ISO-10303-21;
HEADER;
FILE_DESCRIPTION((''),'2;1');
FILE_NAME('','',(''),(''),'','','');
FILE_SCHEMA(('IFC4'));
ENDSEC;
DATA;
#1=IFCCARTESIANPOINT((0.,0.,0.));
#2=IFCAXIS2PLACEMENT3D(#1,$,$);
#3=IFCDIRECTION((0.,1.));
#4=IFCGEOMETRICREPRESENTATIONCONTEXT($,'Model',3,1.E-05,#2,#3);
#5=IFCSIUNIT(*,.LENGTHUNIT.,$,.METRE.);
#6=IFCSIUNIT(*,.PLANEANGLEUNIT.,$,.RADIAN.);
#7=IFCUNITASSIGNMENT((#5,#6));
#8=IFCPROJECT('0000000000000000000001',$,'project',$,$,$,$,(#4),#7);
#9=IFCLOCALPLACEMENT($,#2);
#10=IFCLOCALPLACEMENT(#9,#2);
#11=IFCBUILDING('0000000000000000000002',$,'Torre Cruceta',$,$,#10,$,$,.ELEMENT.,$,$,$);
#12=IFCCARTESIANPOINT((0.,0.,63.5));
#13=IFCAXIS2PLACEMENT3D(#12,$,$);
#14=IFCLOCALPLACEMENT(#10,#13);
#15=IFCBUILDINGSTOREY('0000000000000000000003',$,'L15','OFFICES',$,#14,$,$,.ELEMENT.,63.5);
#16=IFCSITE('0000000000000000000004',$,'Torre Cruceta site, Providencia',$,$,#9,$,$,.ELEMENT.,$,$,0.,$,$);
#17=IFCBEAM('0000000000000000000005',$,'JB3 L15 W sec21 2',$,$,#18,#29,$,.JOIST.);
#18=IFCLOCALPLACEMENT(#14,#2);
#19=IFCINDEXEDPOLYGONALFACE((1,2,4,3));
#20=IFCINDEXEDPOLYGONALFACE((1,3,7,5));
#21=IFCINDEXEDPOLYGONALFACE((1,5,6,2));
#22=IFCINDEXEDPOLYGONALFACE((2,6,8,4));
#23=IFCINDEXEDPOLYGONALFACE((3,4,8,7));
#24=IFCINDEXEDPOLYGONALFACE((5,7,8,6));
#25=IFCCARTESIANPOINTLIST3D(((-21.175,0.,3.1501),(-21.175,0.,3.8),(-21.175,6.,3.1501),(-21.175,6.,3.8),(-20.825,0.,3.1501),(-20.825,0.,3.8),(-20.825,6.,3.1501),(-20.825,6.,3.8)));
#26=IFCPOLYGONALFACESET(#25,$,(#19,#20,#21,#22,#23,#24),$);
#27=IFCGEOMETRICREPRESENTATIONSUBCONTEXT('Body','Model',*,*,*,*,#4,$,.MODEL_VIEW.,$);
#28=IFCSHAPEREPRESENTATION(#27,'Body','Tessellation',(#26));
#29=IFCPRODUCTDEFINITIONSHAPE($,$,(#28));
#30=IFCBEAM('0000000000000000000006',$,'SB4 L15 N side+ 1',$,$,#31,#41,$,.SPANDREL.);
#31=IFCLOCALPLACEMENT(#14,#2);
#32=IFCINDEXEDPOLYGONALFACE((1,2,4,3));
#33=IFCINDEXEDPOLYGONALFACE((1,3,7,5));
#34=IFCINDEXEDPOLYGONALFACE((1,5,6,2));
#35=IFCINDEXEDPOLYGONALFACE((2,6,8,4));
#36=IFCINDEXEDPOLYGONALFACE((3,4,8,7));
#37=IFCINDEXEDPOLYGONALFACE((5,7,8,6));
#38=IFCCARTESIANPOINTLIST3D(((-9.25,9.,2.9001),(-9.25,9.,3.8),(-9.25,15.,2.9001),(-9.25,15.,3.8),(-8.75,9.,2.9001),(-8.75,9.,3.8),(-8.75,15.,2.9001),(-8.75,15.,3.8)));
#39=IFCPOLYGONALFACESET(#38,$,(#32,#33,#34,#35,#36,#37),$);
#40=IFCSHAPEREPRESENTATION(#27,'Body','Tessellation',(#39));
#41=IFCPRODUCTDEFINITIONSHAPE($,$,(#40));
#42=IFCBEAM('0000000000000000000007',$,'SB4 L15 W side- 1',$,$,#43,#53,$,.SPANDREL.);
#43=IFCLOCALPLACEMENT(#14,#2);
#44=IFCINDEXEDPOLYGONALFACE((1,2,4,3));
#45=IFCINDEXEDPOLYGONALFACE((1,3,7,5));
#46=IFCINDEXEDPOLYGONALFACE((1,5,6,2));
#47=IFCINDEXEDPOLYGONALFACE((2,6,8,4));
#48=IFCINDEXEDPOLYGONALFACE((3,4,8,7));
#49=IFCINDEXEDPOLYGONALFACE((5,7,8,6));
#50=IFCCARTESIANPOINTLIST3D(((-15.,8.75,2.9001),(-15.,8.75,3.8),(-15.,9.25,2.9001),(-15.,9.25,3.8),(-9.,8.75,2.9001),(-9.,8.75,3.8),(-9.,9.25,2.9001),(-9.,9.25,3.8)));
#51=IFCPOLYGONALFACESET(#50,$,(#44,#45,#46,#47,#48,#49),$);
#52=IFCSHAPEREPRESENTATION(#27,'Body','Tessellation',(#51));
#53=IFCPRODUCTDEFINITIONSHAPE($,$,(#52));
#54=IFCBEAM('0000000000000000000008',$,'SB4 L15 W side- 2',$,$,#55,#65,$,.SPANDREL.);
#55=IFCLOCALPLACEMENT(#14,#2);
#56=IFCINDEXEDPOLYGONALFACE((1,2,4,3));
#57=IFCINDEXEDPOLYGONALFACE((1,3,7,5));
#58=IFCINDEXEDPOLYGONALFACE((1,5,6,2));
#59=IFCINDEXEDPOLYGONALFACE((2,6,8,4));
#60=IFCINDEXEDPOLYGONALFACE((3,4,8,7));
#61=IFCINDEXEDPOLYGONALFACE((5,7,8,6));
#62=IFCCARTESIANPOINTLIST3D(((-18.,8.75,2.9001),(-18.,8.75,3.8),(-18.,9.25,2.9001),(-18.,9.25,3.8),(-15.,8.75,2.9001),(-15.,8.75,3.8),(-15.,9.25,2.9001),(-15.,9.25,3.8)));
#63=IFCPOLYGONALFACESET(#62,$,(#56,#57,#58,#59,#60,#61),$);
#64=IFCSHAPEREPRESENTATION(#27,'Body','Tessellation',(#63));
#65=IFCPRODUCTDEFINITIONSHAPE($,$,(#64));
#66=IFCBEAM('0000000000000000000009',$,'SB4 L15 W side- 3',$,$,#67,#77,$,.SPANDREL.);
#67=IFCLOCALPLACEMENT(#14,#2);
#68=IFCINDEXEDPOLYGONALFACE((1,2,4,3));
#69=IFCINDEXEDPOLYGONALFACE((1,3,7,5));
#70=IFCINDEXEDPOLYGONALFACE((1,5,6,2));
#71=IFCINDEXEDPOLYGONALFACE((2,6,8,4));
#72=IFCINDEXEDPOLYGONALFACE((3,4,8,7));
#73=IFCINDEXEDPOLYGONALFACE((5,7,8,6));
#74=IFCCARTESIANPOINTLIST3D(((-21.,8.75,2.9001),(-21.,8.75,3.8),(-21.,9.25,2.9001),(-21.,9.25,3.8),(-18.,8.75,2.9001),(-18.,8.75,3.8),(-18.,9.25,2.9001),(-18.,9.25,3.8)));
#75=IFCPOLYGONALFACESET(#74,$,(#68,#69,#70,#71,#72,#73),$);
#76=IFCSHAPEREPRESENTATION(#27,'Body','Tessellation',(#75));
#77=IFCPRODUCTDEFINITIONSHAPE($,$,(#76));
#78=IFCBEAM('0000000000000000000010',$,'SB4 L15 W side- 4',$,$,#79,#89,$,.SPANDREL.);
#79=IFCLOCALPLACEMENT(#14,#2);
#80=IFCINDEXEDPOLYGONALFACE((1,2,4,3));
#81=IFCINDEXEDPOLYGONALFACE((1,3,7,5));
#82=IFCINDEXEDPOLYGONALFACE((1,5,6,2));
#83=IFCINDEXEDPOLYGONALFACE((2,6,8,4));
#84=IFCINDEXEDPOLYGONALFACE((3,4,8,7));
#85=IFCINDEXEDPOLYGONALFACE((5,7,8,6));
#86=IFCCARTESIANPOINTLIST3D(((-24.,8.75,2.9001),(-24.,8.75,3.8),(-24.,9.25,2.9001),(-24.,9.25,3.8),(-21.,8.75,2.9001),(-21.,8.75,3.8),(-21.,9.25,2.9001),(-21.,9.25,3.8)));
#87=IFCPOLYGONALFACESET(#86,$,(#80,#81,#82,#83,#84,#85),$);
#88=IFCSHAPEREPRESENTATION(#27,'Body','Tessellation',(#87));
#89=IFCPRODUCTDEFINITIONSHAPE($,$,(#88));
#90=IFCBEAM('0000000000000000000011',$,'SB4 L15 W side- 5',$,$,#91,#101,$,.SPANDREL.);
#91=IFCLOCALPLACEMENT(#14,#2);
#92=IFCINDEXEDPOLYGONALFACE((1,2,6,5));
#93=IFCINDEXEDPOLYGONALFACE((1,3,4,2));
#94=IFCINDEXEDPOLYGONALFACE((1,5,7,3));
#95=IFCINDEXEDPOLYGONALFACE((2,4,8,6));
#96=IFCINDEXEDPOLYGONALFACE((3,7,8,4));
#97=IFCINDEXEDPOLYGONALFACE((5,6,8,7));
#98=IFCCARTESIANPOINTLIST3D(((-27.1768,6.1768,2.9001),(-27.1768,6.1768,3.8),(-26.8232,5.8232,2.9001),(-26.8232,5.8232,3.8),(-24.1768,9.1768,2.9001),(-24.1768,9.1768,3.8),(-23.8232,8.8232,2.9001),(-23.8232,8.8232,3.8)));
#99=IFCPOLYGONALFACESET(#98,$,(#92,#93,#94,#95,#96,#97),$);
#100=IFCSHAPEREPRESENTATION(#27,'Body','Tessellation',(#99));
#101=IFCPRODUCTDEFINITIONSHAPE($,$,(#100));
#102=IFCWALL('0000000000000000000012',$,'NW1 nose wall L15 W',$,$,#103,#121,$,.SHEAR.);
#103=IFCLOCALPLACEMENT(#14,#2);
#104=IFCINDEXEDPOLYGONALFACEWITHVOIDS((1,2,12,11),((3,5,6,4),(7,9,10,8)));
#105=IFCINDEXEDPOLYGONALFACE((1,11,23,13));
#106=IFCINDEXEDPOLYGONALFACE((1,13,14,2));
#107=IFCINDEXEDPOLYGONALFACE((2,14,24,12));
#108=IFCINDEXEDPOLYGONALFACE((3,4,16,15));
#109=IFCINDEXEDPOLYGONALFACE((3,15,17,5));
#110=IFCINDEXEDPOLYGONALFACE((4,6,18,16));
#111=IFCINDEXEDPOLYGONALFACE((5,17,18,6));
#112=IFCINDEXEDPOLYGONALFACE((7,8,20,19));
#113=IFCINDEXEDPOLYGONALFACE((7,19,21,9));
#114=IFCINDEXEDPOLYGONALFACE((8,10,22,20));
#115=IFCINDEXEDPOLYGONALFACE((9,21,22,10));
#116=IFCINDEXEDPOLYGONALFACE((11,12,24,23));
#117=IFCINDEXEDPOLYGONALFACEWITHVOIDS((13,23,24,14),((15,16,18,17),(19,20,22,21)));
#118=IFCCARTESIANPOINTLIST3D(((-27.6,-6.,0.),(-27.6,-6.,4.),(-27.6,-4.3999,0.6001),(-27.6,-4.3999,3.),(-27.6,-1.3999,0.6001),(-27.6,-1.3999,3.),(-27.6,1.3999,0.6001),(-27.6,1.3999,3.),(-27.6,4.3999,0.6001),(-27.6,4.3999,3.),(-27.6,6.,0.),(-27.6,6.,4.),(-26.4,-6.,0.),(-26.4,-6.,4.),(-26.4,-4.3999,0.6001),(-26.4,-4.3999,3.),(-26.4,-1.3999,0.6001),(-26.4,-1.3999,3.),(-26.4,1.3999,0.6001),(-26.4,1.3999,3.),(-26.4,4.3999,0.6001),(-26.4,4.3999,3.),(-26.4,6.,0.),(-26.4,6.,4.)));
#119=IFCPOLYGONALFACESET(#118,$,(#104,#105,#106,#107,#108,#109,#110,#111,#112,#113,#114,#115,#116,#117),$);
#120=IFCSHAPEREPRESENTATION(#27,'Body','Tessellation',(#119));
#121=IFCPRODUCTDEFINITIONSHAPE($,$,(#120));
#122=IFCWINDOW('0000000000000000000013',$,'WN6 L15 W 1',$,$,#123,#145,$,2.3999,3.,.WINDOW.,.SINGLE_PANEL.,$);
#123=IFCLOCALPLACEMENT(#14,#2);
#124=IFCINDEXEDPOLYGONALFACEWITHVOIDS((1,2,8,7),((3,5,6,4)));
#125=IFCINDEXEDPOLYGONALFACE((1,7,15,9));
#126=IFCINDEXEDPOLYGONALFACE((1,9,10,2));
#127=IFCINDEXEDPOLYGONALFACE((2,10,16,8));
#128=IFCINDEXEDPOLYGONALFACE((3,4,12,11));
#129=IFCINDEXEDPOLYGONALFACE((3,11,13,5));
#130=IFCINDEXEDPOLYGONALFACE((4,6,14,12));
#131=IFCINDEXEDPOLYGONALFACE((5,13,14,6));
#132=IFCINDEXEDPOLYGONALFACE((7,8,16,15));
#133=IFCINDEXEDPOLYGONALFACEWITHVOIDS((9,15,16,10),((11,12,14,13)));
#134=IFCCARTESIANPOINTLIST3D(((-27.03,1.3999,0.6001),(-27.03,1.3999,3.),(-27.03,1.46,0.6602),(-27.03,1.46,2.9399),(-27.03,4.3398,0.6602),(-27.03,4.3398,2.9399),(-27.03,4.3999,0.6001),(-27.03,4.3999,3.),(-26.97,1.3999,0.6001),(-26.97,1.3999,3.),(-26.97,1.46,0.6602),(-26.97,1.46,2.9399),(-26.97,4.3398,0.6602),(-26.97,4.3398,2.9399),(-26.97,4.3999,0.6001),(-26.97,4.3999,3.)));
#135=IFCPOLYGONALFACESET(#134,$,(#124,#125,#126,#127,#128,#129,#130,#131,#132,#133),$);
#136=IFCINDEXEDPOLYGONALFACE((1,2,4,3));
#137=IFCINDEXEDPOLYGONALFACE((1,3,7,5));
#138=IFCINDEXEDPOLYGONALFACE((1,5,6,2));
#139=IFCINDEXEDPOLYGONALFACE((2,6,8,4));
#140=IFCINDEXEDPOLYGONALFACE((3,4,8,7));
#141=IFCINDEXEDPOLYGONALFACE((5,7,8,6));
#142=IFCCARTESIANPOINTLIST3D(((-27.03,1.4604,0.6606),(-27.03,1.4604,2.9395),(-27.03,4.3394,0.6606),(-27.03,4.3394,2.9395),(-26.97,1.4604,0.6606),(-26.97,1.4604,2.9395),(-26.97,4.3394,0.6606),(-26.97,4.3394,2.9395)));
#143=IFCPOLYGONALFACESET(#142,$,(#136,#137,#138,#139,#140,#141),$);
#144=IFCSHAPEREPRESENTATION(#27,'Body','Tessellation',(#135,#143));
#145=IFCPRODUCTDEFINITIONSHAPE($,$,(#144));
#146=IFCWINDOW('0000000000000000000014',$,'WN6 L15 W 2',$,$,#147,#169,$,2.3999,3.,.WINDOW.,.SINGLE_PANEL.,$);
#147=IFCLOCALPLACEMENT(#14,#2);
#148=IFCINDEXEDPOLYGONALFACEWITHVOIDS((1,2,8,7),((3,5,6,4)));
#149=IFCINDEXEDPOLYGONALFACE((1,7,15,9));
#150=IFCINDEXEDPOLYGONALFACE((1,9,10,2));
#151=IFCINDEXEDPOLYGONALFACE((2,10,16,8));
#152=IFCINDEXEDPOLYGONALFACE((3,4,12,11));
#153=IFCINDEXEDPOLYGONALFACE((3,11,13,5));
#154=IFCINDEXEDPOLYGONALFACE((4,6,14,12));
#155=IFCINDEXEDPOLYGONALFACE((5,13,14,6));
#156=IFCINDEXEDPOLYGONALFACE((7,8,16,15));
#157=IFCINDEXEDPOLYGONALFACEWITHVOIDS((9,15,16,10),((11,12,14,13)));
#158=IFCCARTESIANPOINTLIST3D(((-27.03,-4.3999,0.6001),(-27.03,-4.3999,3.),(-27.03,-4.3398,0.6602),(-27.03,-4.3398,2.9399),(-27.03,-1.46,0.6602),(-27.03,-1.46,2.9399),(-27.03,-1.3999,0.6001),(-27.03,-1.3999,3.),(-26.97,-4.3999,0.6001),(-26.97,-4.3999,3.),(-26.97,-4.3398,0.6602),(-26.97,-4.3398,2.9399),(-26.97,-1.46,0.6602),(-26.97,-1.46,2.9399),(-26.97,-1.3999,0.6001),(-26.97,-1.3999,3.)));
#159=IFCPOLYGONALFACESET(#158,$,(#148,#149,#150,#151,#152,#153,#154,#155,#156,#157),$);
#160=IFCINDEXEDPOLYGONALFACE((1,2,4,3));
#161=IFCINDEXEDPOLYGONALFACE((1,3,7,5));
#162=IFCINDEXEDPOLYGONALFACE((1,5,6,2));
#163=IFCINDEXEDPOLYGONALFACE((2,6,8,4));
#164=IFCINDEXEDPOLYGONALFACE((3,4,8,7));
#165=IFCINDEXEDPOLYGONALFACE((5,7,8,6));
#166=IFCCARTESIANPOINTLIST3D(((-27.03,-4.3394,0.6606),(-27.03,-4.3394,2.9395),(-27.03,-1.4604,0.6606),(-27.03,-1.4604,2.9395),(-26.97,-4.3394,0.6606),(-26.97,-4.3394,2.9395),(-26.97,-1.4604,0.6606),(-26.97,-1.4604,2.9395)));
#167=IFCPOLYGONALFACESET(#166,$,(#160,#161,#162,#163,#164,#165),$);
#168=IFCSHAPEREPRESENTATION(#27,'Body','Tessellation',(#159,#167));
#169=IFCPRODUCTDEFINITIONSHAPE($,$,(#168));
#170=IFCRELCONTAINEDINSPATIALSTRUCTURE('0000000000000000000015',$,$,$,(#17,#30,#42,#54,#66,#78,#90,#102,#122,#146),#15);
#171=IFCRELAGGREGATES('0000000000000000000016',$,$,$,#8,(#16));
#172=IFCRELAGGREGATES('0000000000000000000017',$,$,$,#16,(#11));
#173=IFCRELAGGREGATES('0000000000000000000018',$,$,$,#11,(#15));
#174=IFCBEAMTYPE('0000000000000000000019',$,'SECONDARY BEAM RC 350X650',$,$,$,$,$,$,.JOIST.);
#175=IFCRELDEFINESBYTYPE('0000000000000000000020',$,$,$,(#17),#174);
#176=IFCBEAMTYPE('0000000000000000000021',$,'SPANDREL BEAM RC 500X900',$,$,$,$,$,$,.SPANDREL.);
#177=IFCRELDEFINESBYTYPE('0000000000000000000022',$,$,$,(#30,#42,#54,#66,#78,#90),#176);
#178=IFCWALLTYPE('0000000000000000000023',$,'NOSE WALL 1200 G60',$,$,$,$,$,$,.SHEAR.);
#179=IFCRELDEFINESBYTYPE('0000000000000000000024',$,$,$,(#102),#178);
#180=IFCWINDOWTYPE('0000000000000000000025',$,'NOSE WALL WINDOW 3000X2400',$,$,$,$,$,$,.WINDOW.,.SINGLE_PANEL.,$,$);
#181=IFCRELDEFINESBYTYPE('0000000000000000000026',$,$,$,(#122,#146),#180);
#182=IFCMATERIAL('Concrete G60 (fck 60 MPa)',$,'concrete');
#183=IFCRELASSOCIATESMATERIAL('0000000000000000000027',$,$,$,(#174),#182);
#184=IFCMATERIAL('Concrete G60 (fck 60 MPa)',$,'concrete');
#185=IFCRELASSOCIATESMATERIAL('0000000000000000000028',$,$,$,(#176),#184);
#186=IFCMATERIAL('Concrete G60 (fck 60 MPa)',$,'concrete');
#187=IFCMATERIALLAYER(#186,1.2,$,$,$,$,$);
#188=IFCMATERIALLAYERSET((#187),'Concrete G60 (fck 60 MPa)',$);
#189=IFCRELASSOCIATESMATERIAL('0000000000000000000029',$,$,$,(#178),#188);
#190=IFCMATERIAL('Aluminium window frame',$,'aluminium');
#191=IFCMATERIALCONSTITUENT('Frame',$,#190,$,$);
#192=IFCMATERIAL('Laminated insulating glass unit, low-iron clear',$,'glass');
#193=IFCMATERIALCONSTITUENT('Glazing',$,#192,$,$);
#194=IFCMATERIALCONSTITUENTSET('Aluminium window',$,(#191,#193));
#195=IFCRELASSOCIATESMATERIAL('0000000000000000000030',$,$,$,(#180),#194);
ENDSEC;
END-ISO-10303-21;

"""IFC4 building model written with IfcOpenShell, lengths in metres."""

from ifc_helpers import new_model, si_unit, direction, frame, frame_2d, origin, origin_2d, place, context, subcontext, project, spatial, rectangle, hollow_rectangle, extrude, material, layer, layer_set, constituent, constituent_set, material_profile, profile_set, type_object, element, fill, save


model = new_model("IFC4")

# Units and contexts
model_context = context("Model", 3, precision=1e-05, world=origin(), true_north=direction((0.0, 1.0)))
body_context = subcontext(model_context, "Body", "Model", "MODEL_VIEW")
ifc_project = project(units=[si_unit("LENGTHUNIT", "METRE"), si_unit("PLANEANGLEUNIT", "RADIAN")], contexts=[model_context])

# Site, building, storey
site_placement = place(None, origin())
site = spatial("IfcSite", under=ifc_project, at=site_placement, Name="Torre Cruceta site, Providencia", CompositionType="ELEMENT", RefElevation=0.0)
building_placement = place(site_placement, origin())
building = spatial("IfcBuilding", under=site, at=building_placement, Name="Torre Cruceta", CompositionType="ELEMENT")
storey_placement = place(building_placement, frame((0.0, 0.0, 63.5)))
storey = spatial("IfcBuildingStorey", under=building, at=storey_placement, Name="L15", Description="OFFICES", CompositionType="ELEMENT", Elevation=63.5)

# Beams
ifc_material_1 = material(Name="Concrete G60 (fck 60 MPa)", Category="concrete")
ifc_material_profile_1 = material_profile(ifc_material_1, rectangle(XDim=0.3501, YDim=0.6499, at=origin_2d()), Name="RC 350X650")
ifc_profile_set_1 = profile_set([ifc_material_profile_1], Name="Concrete G60 (fck 60 MPa)")
beam_type_1 = type_object("IfcBeamType", Name="SECONDARY BEAM RC 350X650", PredefinedType="JOIST", material=ifc_profile_set_1)
beam_1_placement = place(storey_placement, frame((-21.0, 6.0, 3.4751), z_axis=(0.0, -1.0, 0.0), x_axis=(1.0, 0.0, 0.0)))
element("IfcBeam", 1, at=beam_1_placement, inside=storey, type_object=beam_type_1, Name="JB3 L15 W sec21 2", PredefinedType="JOIST", context=body_context, shape_type="SweptSolid", body=[
    extrude(rectangle(XDim=0.3501, YDim=0.6499, at=origin_2d()), origin(), (0.0, 0.0, 1.0), 6.0),
])
ifc_material_2 = material(Name="Concrete G60 (fck 60 MPa)", Category="concrete")
ifc_material_profile_2 = material_profile(ifc_material_2, rectangle(XDim=0.5, YDim=0.8999, at=origin_2d()), Name="RC 500X900")
ifc_profile_set_2 = profile_set([ifc_material_profile_2], Name="Concrete G60 (fck 60 MPa)")
beam_type_2 = type_object("IfcBeamType", Name="SPANDREL BEAM RC 500X900", PredefinedType="SPANDREL", material=ifc_profile_set_2)
for number, where, z_axis, x_axis, name in (
    (2, (-9.0, 9.0, 3.3501), (0.0, 1.0, 0.0), (-1.0, 0.0, 0.0), "SB4 L15 N side+ 1"),
    (3, (-9.0, 9.0, 3.3501), (-1.0, 0.0, 0.0), (0.0, -1.0, 0.0), "SB4 L15 W side- 1"),
):
    element("IfcBeam", number, at=place(storey_placement, frame(where, z_axis=z_axis, x_axis=x_axis)), inside=storey, type_object=beam_type_2, Name=name, PredefinedType="SPANDREL", context=body_context, shape_type="SweptSolid", body=[
        extrude(rectangle(XDim=0.5, YDim=0.8999, at=origin_2d()), origin(), (0.0, 0.0, 1.0), 6.0),
    ])
for number, where, z_axis, x_axis, name in (
    (4, (-15.0, 9.0, 3.3501), (-1.0, 0.0, 0.0), (0.0, -1.0, 0.0), "SB4 L15 W side- 2"),
    (5, (-18.0, 9.0, 3.3501), (-1.0, 0.0, 0.0), (0.0, -1.0, 0.0), "SB4 L15 W side- 3"),
    (6, (-21.0, 9.0, 3.3501), (-1.0, 0.0, 0.0), (0.0, -1.0, 0.0), "SB4 L15 W side- 4"),
):
    element("IfcBeam", number, at=place(storey_placement, frame(where, z_axis=z_axis, x_axis=x_axis)), inside=storey, type_object=beam_type_2, Name=name, PredefinedType="SPANDREL", context=body_context, shape_type="SweptSolid", body=[
        extrude(rectangle(XDim=0.5, YDim=0.8999, at=origin_2d()), origin(), (0.0, 0.0, 1.0), 3.0),
    ])
beam_2_placement = place(storey_placement, frame((-24.0, 9.0, 3.3501), z_axis=(-0.707107, -0.707107, 0.0), x_axis=(0.707107, -0.707107, 0.0)))
element("IfcBeam", 7, at=beam_2_placement, inside=storey, type_object=beam_type_2, Name="SB4 L15 W side- 5", PredefinedType="SPANDREL", context=body_context, shape_type="SweptSolid", body=[
    extrude(rectangle(XDim=0.5, YDim=0.8999, at=origin_2d()), origin(), (0.0, 0.0, 1.0), 4.2427),
])

# Wall, openings, windows
ifc_material_3 = material(Name="Concrete G60 (fck 60 MPa)", Category="concrete")
ifc_layer_1 = layer(ifc_material_3, 1.2)
ifc_layer_set_1 = layer_set([ifc_layer_1], Name="Concrete G60 (fck 60 MPa)")
wall_type_1 = type_object("IfcWallType", Name="NOSE WALL 1200 G60", PredefinedType="SHEAR", material=ifc_layer_set_1)
wall_1_placement = place(storey_placement, frame((-27.0, 6.0, 0.0), z_axis=(0.0, 0.0, 1.0), x_axis=(0.0, -1.0, 0.0)))
wall_1 = element("IfcWall", 8, at=wall_1_placement, inside=storey, type_object=wall_type_1, Name="NW1 nose wall L15 W", PredefinedType="SHEAR", context=body_context, shape_type="SweptSolid", body=[
    extrude(rectangle(XDim=12.0, YDim=1.2, at=frame_2d((6.0, 0.0))), origin(), (0.0, 0.0, 1.0), 4.0),
])
opening_1_placement = place(wall_1_placement, frame((1.6001, 0.0, 0.6001)))
opening_1 = element("IfcOpeningElement", 9, at=opening_1_placement, cuts=wall_1, PredefinedType="OPENING", context=body_context, shape_type="SweptSolid", body=[
    extrude(rectangle(XDim=3.0, YDim=2.3999, at=frame_2d((1.5, 1.2))), frame((0.0, 0.6099, 0.0), z_axis=(0.0, -1.0, 0.0), x_axis=(1.0, 0.0, 0.0)), (0.0, 0.0, 1.0), 1.22),
])
opening_2_placement = place(wall_1_placement, frame((7.3999, 0.0, 0.6001)))
opening_2 = element("IfcOpeningElement", 10, at=opening_2_placement, cuts=wall_1, PredefinedType="OPENING", context=body_context, shape_type="SweptSolid", body=[
    extrude(rectangle(XDim=3.0, YDim=2.3999, at=frame_2d((1.5, 1.2))), frame((0.0, 0.6099, 0.0), z_axis=(0.0, -1.0, 0.0), x_axis=(1.0, 0.0, 0.0)), (0.0, 0.0, 1.0), 1.22),
])
ifc_material_4 = material(Name="Aluminium window frame", Category="aluminium")
ifc_constituent_1 = constituent(ifc_material_4, Name="Frame")
ifc_material_5 = material(Name="Laminated insulating glass unit, low-iron clear", Category="glass")
ifc_constituent_2 = constituent(ifc_material_5, Name="Glazing")
ifc_constituent_set_1 = constituent_set(constituents=[ifc_constituent_1, ifc_constituent_2], Name="Aluminium window")
window_type = type_object("IfcWindowType", Name="NOSE WALL WINDOW 3000X2400", PartitioningType="SINGLE_PANEL", PredefinedType="WINDOW", material=ifc_constituent_set_1)
window_1_placement = place(opening_1_placement, origin())
window_1 = element("IfcWindow", 11, at=window_1_placement, inside=storey, type_object=window_type, Name="WN6 L15 W 1", OverallHeight=2.3999, OverallWidth=3.0, PartitioningType="SINGLE_PANEL", PredefinedType="WINDOW", context=body_context, shape_type="SweptSolid", body=[
    extrude(hollow_rectangle(XDim=3.0, YDim=2.3999, WallThickness=0.0601, at=frame_2d((1.5, 1.2))), frame((0.0, 0.03, 0.0), z_axis=(0.0, -1.0, 0.0), x_axis=(1.0, 0.0, 0.0)), (0.0, 0.0, 1.0), 0.0601),
    extrude(rectangle(XDim=2.8789, YDim=2.2788, at=frame_2d((1.5, 1.2))), frame((0.0, 0.03, 0.0), z_axis=(0.0, -1.0, 0.0), x_axis=(1.0, 0.0, 0.0)), (0.0, 0.0, 1.0), 0.0601),
])
fill(opening_1, window_1)
window_2_placement = place(opening_2_placement, origin())
window_2 = element("IfcWindow", 12, at=window_2_placement, inside=storey, type_object=window_type, Name="WN6 L15 W 2", OverallHeight=2.3999, OverallWidth=3.0, PartitioningType="SINGLE_PANEL", PredefinedType="WINDOW", context=body_context, shape_type="SweptSolid", body=[
    extrude(hollow_rectangle(XDim=3.0, YDim=2.3999, WallThickness=0.0601, at=frame_2d((1.5, 1.2))), frame((0.0, 0.03, 0.0), z_axis=(0.0, -1.0, 0.0), x_axis=(1.0, 0.0, 0.0)), (0.0, 0.0, 1.0), 0.0601),
    extrude(rectangle(XDim=2.8789, YDim=2.2788, at=frame_2d((1.5, 1.2))), frame((0.0, 0.03, 0.0), z_axis=(0.0, -1.0, 0.0), x_axis=(1.0, 0.0, 0.0)), (0.0, 0.0, 1.0), 0.0601),
])
fill(opening_2, window_2)

save(model, "model.ifc")
